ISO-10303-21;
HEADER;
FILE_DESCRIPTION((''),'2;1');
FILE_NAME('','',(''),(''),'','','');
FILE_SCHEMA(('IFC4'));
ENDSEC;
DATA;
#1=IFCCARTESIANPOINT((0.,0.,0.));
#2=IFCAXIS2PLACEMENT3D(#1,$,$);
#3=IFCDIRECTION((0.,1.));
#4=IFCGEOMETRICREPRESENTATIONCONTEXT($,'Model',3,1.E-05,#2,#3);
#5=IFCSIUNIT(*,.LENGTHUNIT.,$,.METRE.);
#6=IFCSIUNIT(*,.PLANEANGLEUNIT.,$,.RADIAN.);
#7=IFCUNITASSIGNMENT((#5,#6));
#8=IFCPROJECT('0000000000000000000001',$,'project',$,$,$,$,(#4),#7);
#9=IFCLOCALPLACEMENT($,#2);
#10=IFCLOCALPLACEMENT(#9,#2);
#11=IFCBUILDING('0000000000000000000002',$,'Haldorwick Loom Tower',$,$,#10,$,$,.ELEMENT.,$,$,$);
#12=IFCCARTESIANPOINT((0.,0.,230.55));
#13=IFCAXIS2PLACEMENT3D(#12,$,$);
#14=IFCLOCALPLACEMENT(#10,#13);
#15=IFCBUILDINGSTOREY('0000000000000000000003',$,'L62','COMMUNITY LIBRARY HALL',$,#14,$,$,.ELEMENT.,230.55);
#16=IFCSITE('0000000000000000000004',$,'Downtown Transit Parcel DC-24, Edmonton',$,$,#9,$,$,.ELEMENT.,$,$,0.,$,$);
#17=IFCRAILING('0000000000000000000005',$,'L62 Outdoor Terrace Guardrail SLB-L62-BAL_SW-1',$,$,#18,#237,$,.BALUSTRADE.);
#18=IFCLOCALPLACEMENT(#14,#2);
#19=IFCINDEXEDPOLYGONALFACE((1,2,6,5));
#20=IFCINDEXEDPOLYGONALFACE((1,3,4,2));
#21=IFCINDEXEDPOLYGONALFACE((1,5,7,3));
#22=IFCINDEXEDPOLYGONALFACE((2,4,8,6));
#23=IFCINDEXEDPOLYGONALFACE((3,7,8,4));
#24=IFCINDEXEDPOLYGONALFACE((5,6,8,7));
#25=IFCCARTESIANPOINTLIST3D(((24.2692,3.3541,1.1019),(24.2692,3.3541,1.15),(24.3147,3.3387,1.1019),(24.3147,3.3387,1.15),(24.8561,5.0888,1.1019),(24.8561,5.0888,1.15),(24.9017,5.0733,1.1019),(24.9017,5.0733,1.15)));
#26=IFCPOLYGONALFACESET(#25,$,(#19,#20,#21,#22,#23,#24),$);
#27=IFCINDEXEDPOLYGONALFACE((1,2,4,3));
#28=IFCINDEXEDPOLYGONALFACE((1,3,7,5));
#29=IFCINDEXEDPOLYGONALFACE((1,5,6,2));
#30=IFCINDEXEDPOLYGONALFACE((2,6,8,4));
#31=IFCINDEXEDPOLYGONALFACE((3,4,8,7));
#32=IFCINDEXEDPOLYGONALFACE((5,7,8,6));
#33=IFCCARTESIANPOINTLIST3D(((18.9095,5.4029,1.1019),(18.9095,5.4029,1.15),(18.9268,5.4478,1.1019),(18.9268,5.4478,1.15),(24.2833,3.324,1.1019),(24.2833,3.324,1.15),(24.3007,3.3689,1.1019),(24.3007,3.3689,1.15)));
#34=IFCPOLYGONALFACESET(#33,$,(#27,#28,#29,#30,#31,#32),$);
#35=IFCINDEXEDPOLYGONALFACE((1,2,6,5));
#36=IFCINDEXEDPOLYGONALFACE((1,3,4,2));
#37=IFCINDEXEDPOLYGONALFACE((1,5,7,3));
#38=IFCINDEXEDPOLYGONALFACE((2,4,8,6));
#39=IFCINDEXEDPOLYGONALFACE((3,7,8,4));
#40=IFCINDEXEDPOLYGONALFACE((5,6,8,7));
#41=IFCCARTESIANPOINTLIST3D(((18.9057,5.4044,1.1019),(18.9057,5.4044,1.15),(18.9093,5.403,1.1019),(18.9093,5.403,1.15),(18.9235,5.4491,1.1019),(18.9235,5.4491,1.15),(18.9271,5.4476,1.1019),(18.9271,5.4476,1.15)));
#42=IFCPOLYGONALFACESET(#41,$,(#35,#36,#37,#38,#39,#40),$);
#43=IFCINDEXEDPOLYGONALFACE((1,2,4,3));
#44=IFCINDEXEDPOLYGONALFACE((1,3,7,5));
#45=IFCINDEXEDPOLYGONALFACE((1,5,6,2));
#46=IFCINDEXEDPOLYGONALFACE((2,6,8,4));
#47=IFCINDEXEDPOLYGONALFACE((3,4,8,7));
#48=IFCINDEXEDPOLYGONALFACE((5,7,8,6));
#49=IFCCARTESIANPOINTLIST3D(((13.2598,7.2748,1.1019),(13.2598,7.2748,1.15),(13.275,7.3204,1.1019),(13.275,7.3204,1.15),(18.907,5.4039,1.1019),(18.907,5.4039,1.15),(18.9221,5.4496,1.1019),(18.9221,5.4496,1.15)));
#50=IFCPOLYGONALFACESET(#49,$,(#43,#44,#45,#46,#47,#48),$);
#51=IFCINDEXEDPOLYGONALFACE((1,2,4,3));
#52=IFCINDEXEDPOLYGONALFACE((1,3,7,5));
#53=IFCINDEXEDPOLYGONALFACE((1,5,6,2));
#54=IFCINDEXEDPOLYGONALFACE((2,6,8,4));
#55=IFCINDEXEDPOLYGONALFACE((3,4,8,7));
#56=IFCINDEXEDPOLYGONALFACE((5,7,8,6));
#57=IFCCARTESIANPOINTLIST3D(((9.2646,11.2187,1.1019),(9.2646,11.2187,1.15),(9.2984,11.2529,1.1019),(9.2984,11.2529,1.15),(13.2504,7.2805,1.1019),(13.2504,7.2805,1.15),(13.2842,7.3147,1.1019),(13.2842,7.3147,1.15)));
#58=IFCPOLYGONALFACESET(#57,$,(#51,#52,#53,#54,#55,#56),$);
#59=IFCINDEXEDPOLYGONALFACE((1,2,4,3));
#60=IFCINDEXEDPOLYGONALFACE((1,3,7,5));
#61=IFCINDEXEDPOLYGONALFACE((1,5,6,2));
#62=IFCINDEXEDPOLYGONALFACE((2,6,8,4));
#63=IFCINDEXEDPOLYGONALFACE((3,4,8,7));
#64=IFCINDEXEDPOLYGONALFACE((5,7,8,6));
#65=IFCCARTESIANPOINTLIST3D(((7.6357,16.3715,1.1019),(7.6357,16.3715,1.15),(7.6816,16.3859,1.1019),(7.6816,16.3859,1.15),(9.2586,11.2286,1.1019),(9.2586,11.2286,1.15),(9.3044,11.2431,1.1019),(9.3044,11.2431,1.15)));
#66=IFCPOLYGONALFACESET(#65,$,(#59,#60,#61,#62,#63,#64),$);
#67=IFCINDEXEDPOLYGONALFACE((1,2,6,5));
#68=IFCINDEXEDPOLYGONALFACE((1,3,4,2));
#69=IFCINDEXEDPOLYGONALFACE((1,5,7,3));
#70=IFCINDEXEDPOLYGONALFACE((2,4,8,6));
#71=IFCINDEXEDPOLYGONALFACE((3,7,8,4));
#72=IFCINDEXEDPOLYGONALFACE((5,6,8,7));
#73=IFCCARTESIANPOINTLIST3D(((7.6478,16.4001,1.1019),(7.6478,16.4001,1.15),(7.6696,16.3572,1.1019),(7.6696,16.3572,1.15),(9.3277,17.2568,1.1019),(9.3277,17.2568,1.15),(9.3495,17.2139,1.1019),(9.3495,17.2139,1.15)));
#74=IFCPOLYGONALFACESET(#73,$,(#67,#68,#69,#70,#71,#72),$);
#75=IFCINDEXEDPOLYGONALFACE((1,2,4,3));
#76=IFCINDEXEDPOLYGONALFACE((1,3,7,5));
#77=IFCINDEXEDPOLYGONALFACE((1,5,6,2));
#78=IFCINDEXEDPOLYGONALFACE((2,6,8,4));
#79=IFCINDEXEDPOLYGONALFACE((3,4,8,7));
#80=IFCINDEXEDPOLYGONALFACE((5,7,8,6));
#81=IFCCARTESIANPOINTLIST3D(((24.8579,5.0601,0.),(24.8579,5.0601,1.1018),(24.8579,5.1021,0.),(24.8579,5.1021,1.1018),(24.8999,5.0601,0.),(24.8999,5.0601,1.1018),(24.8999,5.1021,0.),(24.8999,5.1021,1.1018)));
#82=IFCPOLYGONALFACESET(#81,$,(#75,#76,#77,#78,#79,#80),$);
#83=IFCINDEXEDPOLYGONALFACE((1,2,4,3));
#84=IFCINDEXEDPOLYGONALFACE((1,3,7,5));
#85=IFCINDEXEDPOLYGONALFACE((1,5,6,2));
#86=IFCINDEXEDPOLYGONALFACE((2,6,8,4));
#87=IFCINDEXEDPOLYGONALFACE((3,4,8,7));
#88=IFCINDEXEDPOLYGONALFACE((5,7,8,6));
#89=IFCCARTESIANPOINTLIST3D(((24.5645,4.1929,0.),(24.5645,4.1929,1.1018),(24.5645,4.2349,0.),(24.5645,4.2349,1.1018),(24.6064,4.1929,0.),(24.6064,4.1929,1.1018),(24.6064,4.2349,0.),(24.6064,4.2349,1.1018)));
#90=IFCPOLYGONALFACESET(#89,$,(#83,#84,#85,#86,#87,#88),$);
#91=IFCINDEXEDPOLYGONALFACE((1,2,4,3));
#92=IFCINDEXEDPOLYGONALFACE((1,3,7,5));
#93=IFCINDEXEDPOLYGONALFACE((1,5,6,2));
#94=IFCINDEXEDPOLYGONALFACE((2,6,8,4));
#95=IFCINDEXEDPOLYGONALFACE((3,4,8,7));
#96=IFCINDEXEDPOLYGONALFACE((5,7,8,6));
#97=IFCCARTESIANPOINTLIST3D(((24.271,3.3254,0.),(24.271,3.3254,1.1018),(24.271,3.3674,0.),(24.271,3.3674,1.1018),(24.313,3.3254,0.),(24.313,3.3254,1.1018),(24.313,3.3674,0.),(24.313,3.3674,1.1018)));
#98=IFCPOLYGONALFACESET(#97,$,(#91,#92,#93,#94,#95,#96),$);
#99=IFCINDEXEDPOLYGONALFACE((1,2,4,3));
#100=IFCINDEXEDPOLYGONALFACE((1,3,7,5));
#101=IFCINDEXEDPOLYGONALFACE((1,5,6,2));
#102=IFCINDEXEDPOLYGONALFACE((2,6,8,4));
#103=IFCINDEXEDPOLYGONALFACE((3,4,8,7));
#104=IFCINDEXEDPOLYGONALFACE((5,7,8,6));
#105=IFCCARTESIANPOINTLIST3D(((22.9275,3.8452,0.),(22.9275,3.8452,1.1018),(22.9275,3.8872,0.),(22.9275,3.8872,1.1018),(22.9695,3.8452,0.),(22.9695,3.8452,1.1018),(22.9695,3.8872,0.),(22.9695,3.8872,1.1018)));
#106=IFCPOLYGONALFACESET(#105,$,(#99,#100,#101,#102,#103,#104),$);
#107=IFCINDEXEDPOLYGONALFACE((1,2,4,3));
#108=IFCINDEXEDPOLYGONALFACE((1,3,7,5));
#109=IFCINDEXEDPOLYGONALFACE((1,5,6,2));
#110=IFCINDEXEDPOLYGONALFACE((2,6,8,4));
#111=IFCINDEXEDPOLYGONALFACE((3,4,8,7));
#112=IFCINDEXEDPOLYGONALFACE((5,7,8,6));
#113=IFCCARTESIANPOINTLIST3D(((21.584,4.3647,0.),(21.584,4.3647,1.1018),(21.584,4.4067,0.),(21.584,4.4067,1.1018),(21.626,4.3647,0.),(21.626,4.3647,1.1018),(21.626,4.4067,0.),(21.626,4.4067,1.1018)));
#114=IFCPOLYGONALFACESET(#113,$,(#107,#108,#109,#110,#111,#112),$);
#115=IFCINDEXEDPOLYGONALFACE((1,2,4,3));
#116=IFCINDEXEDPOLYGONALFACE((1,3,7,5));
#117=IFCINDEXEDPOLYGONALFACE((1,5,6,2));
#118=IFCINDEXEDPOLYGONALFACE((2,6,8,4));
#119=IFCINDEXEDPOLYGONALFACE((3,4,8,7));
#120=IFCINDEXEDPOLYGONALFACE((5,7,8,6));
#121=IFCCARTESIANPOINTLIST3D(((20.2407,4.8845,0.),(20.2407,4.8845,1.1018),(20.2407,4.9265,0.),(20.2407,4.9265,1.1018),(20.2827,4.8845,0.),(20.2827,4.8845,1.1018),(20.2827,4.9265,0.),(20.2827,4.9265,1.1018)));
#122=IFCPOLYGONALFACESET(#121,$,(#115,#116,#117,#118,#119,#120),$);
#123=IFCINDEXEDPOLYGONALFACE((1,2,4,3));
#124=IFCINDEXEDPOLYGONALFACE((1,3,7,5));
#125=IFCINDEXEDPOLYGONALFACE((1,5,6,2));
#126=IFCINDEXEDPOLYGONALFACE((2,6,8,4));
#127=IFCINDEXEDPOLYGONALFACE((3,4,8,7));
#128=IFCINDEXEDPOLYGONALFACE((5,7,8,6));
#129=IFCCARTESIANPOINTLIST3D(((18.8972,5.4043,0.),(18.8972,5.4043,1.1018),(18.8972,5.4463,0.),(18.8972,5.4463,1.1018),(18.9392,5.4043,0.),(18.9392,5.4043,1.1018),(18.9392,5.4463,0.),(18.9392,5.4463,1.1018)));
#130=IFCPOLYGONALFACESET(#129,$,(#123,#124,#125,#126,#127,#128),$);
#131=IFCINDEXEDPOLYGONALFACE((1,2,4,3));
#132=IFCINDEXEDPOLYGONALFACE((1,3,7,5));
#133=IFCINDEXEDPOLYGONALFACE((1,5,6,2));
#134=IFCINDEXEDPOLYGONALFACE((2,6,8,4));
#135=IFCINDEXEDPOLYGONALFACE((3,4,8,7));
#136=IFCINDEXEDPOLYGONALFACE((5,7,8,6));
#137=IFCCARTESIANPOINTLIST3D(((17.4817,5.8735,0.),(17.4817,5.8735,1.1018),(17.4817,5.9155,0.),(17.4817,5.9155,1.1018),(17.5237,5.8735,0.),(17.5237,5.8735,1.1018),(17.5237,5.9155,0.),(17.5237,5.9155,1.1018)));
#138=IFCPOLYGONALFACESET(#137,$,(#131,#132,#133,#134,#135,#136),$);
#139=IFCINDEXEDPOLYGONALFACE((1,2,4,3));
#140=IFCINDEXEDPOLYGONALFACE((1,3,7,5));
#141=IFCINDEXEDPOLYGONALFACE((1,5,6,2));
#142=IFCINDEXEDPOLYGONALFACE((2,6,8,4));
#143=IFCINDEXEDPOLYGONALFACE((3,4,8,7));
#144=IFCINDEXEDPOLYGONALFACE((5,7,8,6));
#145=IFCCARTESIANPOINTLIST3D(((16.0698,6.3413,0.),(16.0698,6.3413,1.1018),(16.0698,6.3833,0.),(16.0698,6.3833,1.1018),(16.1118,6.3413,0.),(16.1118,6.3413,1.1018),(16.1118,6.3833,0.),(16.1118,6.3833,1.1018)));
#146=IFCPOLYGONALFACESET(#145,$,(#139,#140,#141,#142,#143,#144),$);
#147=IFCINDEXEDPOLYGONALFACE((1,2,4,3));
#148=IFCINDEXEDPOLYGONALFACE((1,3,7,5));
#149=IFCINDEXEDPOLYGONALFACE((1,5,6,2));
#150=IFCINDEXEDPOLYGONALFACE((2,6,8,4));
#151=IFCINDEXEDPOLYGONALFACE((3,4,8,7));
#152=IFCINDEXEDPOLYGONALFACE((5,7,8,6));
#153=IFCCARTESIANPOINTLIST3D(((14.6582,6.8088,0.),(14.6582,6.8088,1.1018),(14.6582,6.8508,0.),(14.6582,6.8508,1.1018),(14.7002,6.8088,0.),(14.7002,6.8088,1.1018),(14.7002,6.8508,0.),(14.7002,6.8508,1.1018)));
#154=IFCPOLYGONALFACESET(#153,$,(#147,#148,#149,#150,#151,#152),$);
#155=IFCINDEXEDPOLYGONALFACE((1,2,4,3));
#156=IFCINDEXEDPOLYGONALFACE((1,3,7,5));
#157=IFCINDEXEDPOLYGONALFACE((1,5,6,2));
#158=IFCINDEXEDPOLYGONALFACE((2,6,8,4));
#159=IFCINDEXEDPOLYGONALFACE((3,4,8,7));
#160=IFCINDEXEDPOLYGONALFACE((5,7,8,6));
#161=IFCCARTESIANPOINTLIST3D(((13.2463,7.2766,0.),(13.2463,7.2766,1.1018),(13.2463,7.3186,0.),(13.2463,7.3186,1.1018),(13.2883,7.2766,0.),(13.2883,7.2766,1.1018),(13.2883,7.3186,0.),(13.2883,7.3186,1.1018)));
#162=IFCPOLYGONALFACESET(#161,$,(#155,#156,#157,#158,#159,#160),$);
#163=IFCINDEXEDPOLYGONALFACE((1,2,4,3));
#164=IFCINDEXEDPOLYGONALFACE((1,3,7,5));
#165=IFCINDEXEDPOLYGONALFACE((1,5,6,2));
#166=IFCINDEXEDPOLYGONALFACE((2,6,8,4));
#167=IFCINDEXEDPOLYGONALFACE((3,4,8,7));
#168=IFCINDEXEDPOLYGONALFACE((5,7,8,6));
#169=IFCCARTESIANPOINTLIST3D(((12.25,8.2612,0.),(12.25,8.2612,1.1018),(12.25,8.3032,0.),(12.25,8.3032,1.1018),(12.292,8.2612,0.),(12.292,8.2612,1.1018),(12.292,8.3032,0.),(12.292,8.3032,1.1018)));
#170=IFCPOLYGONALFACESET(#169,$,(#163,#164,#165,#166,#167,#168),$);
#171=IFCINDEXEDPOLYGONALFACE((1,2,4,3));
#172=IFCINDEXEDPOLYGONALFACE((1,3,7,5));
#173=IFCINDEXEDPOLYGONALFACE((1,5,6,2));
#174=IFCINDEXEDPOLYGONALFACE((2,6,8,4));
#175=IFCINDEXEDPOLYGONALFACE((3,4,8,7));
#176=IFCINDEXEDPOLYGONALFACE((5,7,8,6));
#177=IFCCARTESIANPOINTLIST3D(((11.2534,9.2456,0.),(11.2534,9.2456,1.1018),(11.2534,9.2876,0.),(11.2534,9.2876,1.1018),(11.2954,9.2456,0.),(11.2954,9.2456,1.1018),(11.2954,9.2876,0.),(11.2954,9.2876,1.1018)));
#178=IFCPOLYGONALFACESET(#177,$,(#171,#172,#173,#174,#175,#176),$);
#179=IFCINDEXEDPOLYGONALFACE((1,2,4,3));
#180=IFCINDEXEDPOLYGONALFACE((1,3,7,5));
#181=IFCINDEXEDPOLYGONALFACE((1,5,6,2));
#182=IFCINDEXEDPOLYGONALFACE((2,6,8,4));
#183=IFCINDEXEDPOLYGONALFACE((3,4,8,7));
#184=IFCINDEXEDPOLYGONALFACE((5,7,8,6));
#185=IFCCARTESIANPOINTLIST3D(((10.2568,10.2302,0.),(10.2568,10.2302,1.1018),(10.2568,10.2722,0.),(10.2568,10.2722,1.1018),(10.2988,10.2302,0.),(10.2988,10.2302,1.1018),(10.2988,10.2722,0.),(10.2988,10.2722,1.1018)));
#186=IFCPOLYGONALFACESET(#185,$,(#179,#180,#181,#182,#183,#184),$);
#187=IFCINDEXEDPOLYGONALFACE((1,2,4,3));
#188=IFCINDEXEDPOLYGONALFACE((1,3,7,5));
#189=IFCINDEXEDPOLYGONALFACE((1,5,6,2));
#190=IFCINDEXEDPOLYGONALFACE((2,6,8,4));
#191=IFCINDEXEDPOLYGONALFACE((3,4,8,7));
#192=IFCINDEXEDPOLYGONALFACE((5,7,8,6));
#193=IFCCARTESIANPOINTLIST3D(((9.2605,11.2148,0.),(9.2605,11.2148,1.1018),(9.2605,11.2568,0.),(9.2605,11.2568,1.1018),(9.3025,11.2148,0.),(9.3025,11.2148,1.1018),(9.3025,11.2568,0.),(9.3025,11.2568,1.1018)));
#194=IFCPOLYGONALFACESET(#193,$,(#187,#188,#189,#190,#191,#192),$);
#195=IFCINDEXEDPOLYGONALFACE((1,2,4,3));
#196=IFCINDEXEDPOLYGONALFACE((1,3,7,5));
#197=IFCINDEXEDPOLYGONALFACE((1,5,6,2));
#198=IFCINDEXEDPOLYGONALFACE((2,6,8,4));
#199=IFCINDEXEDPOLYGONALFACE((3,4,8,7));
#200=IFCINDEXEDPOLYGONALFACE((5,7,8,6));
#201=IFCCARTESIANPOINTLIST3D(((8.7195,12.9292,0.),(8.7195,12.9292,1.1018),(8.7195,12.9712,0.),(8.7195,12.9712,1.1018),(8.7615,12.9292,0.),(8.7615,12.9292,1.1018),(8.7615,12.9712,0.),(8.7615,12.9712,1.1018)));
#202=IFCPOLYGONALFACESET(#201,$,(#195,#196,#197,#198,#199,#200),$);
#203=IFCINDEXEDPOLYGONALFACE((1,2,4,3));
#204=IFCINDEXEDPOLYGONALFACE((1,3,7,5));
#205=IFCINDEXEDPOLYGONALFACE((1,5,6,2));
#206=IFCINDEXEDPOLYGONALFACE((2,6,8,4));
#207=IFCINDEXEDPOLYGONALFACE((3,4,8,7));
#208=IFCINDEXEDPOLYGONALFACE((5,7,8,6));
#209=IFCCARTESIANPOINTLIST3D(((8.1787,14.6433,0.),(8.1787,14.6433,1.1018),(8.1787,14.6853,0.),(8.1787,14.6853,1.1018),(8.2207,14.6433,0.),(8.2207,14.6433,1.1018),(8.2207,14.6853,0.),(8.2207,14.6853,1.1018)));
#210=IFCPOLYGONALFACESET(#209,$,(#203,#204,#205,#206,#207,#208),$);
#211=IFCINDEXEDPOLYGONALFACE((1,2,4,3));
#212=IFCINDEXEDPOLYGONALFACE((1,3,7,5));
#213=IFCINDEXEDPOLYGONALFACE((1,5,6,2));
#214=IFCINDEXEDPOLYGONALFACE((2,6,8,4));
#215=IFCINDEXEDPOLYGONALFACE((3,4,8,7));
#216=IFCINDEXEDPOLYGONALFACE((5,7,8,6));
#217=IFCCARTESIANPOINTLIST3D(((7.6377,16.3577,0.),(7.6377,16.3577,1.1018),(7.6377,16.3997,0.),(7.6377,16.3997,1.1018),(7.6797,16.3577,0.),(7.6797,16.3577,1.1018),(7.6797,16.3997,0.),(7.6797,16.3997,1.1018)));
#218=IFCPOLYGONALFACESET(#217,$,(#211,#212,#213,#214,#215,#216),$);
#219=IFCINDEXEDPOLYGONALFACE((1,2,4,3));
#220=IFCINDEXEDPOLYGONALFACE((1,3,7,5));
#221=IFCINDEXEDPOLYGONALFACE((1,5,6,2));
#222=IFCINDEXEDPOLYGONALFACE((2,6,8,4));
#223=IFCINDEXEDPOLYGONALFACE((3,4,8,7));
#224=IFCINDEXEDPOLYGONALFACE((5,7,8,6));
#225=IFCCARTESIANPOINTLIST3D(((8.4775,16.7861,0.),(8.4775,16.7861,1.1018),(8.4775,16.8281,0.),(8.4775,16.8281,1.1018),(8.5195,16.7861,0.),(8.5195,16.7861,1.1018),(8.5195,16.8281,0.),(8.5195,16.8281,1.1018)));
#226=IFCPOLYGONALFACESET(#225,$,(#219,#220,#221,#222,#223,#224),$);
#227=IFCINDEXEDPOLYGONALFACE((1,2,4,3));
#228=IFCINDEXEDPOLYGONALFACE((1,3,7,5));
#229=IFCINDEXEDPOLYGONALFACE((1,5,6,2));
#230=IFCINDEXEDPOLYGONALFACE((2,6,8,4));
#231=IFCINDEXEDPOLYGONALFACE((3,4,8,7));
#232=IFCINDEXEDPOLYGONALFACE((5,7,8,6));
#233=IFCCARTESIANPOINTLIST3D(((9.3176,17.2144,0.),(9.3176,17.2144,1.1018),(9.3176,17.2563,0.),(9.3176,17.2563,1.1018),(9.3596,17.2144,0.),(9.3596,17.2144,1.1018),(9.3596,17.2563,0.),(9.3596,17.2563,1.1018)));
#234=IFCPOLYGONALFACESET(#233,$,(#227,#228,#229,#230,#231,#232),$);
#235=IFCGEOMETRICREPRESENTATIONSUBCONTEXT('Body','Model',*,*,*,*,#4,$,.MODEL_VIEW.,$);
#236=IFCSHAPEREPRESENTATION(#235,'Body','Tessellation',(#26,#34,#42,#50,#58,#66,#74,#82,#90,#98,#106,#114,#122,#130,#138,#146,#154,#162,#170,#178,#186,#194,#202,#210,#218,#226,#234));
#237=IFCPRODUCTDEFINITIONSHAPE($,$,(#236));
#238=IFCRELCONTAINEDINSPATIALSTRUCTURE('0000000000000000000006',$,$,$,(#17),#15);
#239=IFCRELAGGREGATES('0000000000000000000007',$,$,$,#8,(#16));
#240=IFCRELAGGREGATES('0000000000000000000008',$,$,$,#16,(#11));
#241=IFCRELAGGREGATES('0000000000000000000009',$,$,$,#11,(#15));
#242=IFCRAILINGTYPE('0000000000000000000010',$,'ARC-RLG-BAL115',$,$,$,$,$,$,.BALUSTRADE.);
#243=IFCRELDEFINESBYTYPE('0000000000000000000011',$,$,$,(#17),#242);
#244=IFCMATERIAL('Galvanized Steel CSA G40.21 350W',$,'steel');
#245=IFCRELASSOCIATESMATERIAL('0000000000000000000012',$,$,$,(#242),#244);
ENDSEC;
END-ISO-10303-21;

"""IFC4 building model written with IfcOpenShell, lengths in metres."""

from ifc_helpers import new_model, si_unit, direction, frame, origin, origin_2d, place, context, subcontext, project, spatial, rectangle, extrude, material, type_object, element, save


model = new_model("IFC4")

# Units and contexts
model_context = context("Model", 3, precision=1e-05, world=origin(), true_north=direction((0.0, 1.0)))
body_context = subcontext(model_context, "Body", "Model", "MODEL_VIEW")
ifc_project = project(units=[si_unit("LENGTHUNIT", "METRE"), si_unit("PLANEANGLEUNIT", "RADIAN")], contexts=[model_context])

# Site, building, storey
site_placement = place(None, origin())
site = spatial("IfcSite", under=ifc_project, at=site_placement, Name="Downtown Transit Parcel DC-24, Edmonton", CompositionType="ELEMENT", RefElevation=0.0)
building_placement = place(site_placement, origin())
building = spatial("IfcBuilding", under=site, at=building_placement, Name="Haldorwick Loom Tower", CompositionType="ELEMENT")
storey_placement = place(building_placement, frame((0.0, 0.0, 230.55)))
storey = spatial("IfcBuildingStorey", under=building, at=storey_placement, Name="L62", Description="COMMUNITY LIBRARY HALL", CompositionType="ELEMENT", Elevation=230.55)

# Railing
ifc_material_1 = material(Name="Galvanized Steel CSA G40.21 350W", Category="steel")
railing_type = type_object("IfcRailingType", Name="ARC-RLG-BAL115", PredefinedType="BALUSTRADE", material=ifc_material_1)
railing_placement = place(storey_placement, frame((24.8789, 5.0811, 0.0)))
element("IfcRailing", 1, at=railing_placement, inside=storey, type_object=railing_type, Name="L62 Outdoor Terrace Guardrail SLB-L62-BAL_SW-1", PredefinedType="BALUSTRADE", context=body_context, shape_type="SweptSolid", body=[
    extrude(rectangle(XDim=0.0481, YDim=0.0481, at=origin_2d()), frame((0.0, 0.0, 1.126), z_axis=(-0.320504, -0.947247, 0.0), x_axis=(0.947247, -0.320504, 0.0)), (0.0, 0.0, 1.0), 1.8313),
    extrude(rectangle(XDim=0.0481, YDim=0.0481, at=origin_2d()), frame((-0.5869, -1.7346, 1.126), z_axis=(-0.932645, 0.360796, 0.0), x_axis=(-0.360796, -0.932645, 0.0)), (0.0, 0.0, 1.0), 5.762),
    extrude(rectangle(XDim=0.0481, YDim=0.0481, at=origin_2d()), frame((-5.9607, 0.3442, 1.126), z_axis=(-0.928477, 0.371391, 0.0), x_axis=(-0.371391, -0.928477, 0.0)), (0.0, 0.0, 1.0), 0.0039),
    extrude(rectangle(XDim=0.0481, YDim=0.0481, at=origin_2d()), frame((-5.9644, 0.3457, 1.126), z_axis=(-0.949264, 0.314479, 0.0), x_axis=(-0.314479, -0.949264, 0.0)), (0.0, 0.0, 1.0), 5.949),
    extrude(rectangle(XDim=0.0481, YDim=0.0481, at=origin_2d()), frame((-11.6116, 2.2166, 1.126), z_axis=(-0.711342, 0.702846, 0.0), x_axis=(-0.702846, -0.711342, 0.0)), (0.0, 0.0, 1.0), 5.6033),
    extrude(rectangle(XDim=0.0481, YDim=0.0481, at=origin_2d()), frame((-15.5974, 6.1548, 1.126), z_axis=(-0.300921, 0.953649, 0.0), x_axis=(-0.953649, -0.300921, 0.0)), (0.0, 0.0, 1.0), 5.3928),
    extrude(rectangle(XDim=0.0481, YDim=0.0481, at=origin_2d()), frame((-17.2202, 11.2976, 1.126), z_axis=(0.890852, 0.454294, 0.0), x_axis=(-0.454294, 0.890852, 0.0)), (0.0, 0.0, 1.0), 1.8857),
    extrude(rectangle(XDim=0.042, YDim=0.042, at=origin_2d()), origin(), (0.0, 0.0, 1.0), 1.1018),
    extrude(rectangle(XDim=0.042, YDim=0.042, at=origin_2d()), frame((-0.2935, -0.8672, 0.0)), (0.0, 0.0, 1.0), 1.1018),
    extrude(rectangle(XDim=0.042, YDim=0.042, at=origin_2d()), frame((-0.5869, -1.7346, 0.0)), (0.0, 0.0, 1.0), 1.1018),
    extrude(rectangle(XDim=0.042, YDim=0.042, at=origin_2d()), frame((-1.9304, -1.2148, 0.0)), (0.0, 0.0, 1.0), 1.1018),
    extrude(rectangle(XDim=0.042, YDim=0.042, at=origin_2d()), frame((-3.2739, -0.6953, 0.0)), (0.0, 0.0, 1.0), 1.1018),
    extrude(rectangle(XDim=0.042, YDim=0.042, at=origin_2d()), frame((-4.6172, -0.1755, 0.0)), (0.0, 0.0, 1.0), 1.1018),
    extrude(rectangle(XDim=0.042, YDim=0.042, at=origin_2d()), frame((-5.9607, 0.3442, 0.0)), (0.0, 0.0, 1.0), 1.1018),
    extrude(rectangle(XDim=0.042, YDim=0.042, at=origin_2d()), frame((-7.3762, 0.8135, 0.0)), (0.0, 0.0, 1.0), 1.1018),
    extrude(rectangle(XDim=0.042, YDim=0.042, at=origin_2d()), frame((-8.7881, 1.2812, 0.0)), (0.0, 0.0, 1.0), 1.1018),
    extrude(rectangle(XDim=0.042, YDim=0.042, at=origin_2d()), frame((-10.1997, 1.7488, 0.0)), (0.0, 0.0, 1.0), 1.1018),
    extrude(rectangle(XDim=0.042, YDim=0.042, at=origin_2d()), frame((-11.6116, 2.2166, 0.0)), (0.0, 0.0, 1.0), 1.1018),
    extrude(rectangle(XDim=0.042, YDim=0.042, at=origin_2d()), frame((-12.6079, 3.2012, 0.0)), (0.0, 0.0, 1.0), 1.1018),
    extrude(rectangle(XDim=0.042, YDim=0.042, at=origin_2d()), frame((-13.6045, 4.1855, 0.0)), (0.0, 0.0, 1.0), 1.1018),
    extrude(rectangle(XDim=0.042, YDim=0.042, at=origin_2d()), frame((-14.6011, 5.1702, 0.0)), (0.0, 0.0, 1.0), 1.1018),
    extrude(rectangle(XDim=0.042, YDim=0.042, at=origin_2d()), frame((-15.5974, 6.1548, 0.0)), (0.0, 0.0, 1.0), 1.1018),
    extrude(rectangle(XDim=0.042, YDim=0.042, at=origin_2d()), frame((-16.1384, 7.8691, 0.0)), (0.0, 0.0, 1.0), 1.1018),
    extrude(rectangle(XDim=0.042, YDim=0.042, at=origin_2d()), frame((-16.6792, 9.5833, 0.0)), (0.0, 0.0, 1.0), 1.1018),
    extrude(rectangle(XDim=0.042, YDim=0.042, at=origin_2d()), frame((-17.2202, 11.2976, 0.0)), (0.0, 0.0, 1.0), 1.1018),
    extrude(rectangle(XDim=0.042, YDim=0.042, at=origin_2d()), frame((-16.3804, 11.7261, 0.0)), (0.0, 0.0, 1.0), 1.1018),
    extrude(rectangle(XDim=0.042, YDim=0.042, at=origin_2d()), frame((-15.5403, 12.1543, 0.0)), (0.0, 0.0, 1.0), 1.1018),
])

save(model, "model.ifc")
